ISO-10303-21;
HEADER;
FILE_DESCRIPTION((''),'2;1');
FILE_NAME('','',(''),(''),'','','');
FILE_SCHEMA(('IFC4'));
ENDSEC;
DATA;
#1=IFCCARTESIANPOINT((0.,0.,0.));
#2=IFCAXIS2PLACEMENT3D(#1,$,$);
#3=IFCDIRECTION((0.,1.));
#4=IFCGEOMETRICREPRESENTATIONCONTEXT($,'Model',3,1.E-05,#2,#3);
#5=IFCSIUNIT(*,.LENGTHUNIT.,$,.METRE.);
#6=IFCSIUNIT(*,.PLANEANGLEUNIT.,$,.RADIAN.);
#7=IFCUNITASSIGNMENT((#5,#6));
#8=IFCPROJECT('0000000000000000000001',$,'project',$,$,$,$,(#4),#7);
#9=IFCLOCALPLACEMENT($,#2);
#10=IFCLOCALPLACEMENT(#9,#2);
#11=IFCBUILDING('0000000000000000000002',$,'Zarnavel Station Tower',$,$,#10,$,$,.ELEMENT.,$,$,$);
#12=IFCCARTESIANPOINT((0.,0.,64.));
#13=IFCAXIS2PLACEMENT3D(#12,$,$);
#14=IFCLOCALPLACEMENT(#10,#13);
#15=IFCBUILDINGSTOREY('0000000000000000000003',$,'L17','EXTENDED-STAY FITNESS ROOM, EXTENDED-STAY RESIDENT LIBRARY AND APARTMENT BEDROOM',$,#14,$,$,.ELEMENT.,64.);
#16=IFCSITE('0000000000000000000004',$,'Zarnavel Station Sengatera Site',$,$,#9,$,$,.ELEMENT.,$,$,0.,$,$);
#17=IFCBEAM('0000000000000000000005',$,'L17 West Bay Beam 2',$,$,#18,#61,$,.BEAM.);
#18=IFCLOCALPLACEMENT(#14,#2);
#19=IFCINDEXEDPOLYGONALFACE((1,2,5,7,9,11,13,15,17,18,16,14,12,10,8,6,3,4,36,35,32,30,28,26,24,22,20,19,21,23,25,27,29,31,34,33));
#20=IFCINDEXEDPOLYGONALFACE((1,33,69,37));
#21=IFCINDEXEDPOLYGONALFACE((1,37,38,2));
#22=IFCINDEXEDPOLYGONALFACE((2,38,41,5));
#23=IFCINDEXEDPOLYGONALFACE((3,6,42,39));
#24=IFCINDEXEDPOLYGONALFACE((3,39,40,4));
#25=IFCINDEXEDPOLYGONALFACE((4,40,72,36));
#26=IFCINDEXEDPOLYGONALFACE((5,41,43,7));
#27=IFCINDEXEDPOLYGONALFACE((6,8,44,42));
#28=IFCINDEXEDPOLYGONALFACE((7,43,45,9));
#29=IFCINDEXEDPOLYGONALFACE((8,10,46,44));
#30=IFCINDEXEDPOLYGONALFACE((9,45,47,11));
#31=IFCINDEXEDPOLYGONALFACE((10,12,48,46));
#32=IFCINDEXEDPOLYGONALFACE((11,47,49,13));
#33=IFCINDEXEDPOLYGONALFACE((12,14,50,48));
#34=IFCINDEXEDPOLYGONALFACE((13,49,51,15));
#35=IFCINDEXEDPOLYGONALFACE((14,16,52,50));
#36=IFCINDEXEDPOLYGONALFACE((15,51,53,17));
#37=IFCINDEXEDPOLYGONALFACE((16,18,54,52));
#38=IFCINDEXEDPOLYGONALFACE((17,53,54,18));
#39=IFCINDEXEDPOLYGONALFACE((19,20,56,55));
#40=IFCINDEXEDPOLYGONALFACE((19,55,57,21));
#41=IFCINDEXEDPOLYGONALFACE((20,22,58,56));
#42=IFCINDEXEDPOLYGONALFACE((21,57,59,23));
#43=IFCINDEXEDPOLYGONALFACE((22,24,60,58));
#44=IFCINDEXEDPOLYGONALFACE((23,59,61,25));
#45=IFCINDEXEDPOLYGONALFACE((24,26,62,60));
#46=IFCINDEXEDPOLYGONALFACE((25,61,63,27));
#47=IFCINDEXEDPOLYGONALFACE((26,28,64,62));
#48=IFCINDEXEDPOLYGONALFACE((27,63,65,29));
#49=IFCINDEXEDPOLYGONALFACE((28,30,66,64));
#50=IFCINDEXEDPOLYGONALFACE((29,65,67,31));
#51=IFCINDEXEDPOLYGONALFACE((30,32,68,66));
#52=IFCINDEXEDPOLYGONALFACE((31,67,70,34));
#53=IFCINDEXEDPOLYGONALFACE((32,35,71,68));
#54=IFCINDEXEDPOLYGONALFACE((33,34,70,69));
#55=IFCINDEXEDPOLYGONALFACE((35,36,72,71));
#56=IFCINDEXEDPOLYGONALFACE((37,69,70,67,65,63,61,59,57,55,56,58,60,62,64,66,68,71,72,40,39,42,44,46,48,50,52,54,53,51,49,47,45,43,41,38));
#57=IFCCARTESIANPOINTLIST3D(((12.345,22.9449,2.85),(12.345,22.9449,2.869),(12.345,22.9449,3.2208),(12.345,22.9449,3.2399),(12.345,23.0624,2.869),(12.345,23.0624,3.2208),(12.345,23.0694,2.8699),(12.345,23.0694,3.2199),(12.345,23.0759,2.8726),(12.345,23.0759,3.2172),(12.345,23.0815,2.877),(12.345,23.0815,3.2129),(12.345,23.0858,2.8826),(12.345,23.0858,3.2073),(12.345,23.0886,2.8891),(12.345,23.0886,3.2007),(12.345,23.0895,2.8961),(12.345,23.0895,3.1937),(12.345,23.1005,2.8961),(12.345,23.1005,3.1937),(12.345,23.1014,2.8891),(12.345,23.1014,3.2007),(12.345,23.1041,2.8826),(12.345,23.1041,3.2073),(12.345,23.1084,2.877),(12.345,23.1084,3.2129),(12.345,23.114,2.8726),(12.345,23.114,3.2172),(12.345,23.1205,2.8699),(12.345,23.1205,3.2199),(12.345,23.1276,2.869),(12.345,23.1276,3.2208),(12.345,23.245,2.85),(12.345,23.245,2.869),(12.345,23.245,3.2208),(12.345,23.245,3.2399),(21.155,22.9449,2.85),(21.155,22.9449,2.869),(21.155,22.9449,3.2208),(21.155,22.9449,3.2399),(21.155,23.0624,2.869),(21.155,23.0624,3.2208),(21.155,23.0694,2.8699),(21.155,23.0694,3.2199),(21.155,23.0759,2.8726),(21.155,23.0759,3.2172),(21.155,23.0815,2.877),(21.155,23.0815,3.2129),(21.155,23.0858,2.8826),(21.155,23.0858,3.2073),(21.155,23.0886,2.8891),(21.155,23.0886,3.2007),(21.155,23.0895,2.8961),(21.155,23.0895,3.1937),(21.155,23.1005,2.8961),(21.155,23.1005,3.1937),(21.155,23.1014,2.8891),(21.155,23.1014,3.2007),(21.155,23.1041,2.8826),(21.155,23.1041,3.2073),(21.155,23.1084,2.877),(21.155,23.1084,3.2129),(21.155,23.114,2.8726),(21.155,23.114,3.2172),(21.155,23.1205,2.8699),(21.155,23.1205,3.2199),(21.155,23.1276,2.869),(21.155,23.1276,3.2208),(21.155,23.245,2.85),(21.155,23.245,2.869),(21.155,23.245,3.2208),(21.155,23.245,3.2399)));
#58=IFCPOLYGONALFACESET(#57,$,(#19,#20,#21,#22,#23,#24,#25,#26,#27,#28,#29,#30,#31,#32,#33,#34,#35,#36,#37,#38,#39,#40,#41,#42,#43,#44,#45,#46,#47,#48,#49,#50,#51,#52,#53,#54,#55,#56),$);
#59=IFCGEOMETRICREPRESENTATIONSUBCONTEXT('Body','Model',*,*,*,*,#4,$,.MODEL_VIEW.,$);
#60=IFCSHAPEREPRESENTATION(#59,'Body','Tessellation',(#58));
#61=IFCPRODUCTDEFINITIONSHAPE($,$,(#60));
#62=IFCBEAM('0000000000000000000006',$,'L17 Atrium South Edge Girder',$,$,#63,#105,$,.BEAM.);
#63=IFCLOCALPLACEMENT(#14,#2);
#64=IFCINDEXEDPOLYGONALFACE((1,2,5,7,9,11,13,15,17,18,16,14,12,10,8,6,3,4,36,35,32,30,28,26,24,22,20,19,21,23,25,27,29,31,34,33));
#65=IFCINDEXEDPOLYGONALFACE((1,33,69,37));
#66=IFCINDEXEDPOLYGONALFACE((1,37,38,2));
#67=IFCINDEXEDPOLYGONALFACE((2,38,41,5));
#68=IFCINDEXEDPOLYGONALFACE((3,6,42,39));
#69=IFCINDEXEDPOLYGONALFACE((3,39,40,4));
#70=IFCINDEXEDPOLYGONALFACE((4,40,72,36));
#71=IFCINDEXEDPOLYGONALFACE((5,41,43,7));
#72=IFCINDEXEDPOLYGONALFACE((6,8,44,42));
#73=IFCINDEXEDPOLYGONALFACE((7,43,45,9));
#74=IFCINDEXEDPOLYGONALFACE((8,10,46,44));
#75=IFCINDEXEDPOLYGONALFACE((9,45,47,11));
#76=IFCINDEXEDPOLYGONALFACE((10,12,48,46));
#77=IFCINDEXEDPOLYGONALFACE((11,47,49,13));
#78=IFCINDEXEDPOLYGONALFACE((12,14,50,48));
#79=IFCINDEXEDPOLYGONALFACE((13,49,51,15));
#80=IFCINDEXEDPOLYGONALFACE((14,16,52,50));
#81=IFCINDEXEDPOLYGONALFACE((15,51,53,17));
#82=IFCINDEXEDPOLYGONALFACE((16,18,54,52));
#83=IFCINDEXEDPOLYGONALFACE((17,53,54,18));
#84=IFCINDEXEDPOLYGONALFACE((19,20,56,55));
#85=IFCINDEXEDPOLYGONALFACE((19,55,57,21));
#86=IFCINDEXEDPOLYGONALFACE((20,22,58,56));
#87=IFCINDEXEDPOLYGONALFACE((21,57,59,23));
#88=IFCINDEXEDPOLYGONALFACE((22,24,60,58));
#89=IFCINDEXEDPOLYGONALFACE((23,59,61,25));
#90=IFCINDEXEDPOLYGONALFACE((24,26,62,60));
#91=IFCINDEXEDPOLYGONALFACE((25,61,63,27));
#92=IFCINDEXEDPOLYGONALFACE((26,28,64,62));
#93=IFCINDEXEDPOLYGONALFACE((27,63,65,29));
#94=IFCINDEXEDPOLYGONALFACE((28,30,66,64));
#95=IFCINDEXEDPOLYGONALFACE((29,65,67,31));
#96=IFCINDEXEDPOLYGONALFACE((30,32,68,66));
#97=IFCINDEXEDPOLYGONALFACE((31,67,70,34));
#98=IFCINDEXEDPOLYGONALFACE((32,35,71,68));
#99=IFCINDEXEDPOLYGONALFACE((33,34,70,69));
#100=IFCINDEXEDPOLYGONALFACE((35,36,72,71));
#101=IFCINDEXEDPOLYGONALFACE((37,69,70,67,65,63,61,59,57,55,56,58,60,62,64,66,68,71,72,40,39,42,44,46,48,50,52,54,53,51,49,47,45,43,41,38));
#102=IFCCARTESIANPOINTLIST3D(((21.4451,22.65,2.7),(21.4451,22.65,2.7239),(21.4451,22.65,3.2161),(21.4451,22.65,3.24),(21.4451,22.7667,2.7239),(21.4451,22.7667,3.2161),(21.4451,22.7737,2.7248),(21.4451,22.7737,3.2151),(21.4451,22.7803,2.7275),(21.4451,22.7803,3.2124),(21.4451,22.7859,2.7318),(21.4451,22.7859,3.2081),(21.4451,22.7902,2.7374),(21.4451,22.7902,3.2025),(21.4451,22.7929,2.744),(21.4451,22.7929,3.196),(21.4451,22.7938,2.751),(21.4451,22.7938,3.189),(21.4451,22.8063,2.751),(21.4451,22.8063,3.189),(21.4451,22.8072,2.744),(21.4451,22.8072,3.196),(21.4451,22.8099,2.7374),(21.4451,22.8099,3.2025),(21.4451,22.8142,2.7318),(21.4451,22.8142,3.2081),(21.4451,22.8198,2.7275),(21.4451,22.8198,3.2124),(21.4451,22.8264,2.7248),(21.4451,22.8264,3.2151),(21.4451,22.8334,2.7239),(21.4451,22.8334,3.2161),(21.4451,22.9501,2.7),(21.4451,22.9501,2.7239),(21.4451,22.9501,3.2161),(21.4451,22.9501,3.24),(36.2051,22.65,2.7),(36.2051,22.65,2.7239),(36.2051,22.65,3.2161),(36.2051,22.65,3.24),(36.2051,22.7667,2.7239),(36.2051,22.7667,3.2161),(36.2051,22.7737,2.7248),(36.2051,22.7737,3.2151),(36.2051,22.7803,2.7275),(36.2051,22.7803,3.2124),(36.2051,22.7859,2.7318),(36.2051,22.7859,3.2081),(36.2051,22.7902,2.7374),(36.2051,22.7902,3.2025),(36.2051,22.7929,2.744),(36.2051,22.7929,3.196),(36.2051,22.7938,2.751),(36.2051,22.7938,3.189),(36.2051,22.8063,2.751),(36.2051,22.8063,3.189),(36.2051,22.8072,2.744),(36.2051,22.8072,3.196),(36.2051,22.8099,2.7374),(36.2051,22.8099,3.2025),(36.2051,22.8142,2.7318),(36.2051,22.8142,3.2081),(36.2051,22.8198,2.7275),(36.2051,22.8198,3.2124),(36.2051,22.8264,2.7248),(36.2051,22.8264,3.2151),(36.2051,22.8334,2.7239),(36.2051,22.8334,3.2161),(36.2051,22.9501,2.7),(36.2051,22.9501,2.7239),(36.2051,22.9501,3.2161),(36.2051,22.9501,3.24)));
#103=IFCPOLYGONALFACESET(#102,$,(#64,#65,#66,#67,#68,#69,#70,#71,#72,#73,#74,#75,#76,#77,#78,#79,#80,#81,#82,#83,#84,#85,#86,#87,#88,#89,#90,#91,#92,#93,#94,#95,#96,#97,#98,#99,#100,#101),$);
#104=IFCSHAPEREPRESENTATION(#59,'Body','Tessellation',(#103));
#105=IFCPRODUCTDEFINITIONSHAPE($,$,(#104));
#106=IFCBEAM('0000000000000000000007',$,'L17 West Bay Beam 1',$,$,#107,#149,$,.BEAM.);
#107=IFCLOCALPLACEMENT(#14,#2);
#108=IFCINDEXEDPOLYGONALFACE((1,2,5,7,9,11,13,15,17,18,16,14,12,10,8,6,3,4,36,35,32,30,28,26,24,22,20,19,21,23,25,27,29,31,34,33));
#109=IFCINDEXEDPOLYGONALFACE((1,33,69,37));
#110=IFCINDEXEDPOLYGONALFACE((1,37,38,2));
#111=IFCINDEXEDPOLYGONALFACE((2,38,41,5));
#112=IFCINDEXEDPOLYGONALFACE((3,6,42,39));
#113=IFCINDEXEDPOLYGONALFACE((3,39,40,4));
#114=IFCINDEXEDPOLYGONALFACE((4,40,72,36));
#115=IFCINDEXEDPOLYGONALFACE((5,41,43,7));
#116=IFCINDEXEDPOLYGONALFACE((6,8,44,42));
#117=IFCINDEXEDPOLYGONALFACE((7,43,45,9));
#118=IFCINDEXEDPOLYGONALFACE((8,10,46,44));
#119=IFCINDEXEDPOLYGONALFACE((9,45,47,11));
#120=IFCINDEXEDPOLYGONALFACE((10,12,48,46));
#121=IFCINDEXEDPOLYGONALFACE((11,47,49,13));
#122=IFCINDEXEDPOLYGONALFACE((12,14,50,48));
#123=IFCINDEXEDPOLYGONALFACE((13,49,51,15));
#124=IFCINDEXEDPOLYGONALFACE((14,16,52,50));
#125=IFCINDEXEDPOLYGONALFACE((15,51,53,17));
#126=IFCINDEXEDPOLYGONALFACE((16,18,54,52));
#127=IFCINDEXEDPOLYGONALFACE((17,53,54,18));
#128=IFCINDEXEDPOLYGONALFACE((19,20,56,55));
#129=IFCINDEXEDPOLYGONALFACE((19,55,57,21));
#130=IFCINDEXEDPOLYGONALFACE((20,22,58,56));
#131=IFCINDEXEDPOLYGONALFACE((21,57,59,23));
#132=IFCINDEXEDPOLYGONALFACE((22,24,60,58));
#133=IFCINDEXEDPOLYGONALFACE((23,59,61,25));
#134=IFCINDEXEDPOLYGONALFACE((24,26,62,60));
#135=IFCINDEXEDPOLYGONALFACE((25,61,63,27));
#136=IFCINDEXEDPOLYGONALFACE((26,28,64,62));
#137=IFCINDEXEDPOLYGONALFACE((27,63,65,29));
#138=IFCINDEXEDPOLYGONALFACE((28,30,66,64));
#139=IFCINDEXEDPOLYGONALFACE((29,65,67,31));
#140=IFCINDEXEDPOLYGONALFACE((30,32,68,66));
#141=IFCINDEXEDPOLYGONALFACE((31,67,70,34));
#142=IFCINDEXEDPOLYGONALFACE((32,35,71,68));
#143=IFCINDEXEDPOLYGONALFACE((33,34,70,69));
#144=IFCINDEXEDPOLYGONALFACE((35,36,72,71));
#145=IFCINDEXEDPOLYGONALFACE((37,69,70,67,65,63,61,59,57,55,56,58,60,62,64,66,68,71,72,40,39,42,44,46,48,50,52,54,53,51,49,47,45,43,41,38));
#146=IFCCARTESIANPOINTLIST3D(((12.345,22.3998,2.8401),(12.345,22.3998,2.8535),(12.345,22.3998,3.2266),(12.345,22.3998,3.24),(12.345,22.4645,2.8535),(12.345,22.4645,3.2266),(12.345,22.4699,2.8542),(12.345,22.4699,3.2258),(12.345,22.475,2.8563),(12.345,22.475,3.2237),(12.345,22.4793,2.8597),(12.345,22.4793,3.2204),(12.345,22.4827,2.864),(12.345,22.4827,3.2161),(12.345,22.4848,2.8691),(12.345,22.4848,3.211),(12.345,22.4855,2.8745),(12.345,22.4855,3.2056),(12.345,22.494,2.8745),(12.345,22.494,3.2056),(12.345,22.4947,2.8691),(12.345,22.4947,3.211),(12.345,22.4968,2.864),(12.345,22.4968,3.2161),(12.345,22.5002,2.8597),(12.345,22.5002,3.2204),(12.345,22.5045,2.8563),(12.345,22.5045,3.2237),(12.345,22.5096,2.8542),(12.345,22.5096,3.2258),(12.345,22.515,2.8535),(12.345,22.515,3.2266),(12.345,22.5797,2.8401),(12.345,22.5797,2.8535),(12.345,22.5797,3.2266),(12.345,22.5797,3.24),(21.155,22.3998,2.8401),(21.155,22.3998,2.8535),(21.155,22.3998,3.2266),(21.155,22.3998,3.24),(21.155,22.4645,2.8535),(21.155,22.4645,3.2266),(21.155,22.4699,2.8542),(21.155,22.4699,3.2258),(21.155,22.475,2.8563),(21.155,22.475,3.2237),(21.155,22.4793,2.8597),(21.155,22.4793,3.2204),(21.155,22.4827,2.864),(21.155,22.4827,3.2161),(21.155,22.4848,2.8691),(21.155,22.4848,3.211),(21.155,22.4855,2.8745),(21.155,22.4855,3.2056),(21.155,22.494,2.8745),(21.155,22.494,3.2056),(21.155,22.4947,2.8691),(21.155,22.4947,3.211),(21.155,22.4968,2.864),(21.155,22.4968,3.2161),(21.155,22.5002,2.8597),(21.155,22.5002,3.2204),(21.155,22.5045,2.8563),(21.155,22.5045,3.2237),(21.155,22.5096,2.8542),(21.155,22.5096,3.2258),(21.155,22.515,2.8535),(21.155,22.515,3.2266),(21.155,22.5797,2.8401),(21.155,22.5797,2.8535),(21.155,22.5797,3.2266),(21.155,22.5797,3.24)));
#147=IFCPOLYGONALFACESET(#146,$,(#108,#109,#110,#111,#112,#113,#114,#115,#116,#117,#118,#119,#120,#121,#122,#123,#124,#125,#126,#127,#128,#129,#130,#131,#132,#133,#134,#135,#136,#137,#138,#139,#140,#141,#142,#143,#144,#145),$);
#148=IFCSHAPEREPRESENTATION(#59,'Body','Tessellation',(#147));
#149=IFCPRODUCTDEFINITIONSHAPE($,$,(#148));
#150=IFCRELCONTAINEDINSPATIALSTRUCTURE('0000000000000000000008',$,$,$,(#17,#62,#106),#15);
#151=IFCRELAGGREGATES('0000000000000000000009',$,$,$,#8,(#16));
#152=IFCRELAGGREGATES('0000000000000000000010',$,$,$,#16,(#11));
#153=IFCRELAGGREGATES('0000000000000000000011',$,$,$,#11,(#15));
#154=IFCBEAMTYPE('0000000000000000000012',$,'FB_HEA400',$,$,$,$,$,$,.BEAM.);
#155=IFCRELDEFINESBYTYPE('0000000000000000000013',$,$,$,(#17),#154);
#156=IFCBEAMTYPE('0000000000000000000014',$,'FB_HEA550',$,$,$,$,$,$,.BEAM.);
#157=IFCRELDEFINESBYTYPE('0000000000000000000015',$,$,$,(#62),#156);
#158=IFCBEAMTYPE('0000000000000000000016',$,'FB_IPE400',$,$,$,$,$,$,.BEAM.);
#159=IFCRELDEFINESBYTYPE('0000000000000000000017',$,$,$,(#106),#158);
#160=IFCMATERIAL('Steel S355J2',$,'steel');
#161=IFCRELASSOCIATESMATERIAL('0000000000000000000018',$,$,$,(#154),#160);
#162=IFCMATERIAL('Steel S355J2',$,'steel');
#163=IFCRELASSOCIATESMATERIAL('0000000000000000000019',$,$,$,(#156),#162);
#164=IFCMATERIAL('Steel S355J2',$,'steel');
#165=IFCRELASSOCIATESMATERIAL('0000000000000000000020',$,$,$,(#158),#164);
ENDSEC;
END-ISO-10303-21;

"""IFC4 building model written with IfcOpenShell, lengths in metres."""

from ifc_helpers import new_model, si_unit, direction, frame, origin, origin_2d, place, context, subcontext, project, spatial, i_section, extrude, material, material_profile, profile_set, type_object, element, save


model = new_model("IFC4")

# Units and contexts
model_context = context("Model", 3, precision=1e-05, world=origin(), true_north=direction((0.0, 1.0)))
body_context = subcontext(model_context, "Body", "Model", "MODEL_VIEW")
ifc_project = project(units=[si_unit("LENGTHUNIT", "METRE"), si_unit("PLANEANGLEUNIT", "RADIAN")], contexts=[model_context])

# Site, building, storey
site_placement = place(None, origin())
site = spatial("IfcSite", under=ifc_project, at=site_placement, Name="Zarnavel Station Sengatera Site", CompositionType="ELEMENT", RefElevation=0.0)
building_placement = place(site_placement, origin())
building = spatial("IfcBuilding", under=site, at=building_placement, Name="Zarnavel Station Tower", CompositionType="ELEMENT")
storey_placement = place(building_placement, frame((0.0, 0.0, 64.0)))
storey = spatial("IfcBuildingStorey", under=building, at=storey_placement, Name="L17", Description="EXTENDED-STAY FITNESS ROOM, EXTENDED-STAY RESIDENT LIBRARY AND APARTMENT BEDROOM", CompositionType="ELEMENT", Elevation=64.0)

# Beams
ifc_material_1 = material(Name="Steel S355J2", Category="steel")
ifc_material_profile_1 = material_profile(ifc_material_1, i_section(OverallWidth=0.3, OverallDepth=0.3899, WebThickness=0.011, FlangeThickness=0.019, FilletRadius=0.0271, at=origin_2d()), Name="HEA400")
ifc_profile_set_1 = profile_set([ifc_material_profile_1], Name="Steel S355J2")
beam_type_1 = type_object("IfcBeamType", Name="FB_HEA400", PredefinedType="BEAM", material=ifc_profile_set_1)
beam_1_placement = place(storey_placement, frame((12.345, 23.095, 3.0449), z_axis=(1.0, 0.0, 0.0), x_axis=(0.0, 1.0, 0.0)))
element("IfcBeam", 1, at=beam_1_placement, inside=storey, type_object=beam_type_1, Name="L17 West Bay Beam 2", PredefinedType="BEAM", context=body_context, shape_type="SweptSolid", body=[
    extrude(i_section(OverallWidth=0.3, OverallDepth=0.3899, WebThickness=0.011, FlangeThickness=0.019, FilletRadius=0.0271, at=origin_2d()), origin(), (0.0, 0.0, 1.0), 8.8101),
])
ifc_material_2 = material(Name="Steel S355J2", Category="steel")
ifc_material_profile_2 = material_profile(ifc_material_2, i_section(OverallWidth=0.3, OverallDepth=0.54, WebThickness=0.0125, FlangeThickness=0.0239, FilletRadius=0.0271, at=origin_2d()), Name="HEA550")
ifc_profile_set_2 = profile_set([ifc_material_profile_2], Name="Steel S355J2")
beam_type_2 = type_object("IfcBeamType", Name="FB_HEA550", PredefinedType="BEAM", material=ifc_profile_set_2)
beam_2_placement = place(storey_placement, frame((21.4451, 22.8, 2.97), z_axis=(1.0, 0.0, 0.0), x_axis=(0.0, 1.0, 0.0)))
element("IfcBeam", 2, at=beam_2_placement, inside=storey, type_object=beam_type_2, Name="L17 Atrium South Edge Girder", PredefinedType="BEAM", context=body_context, shape_type="SweptSolid", body=[
    extrude(i_section(OverallWidth=0.3, OverallDepth=0.54, WebThickness=0.0125, FlangeThickness=0.0239, FilletRadius=0.0271, at=origin_2d()), origin(), (0.0, 0.0, 1.0), 14.76),
])
ifc_material_3 = material(Name="Steel S355J2", Category="steel")
ifc_material_profile_3 = material_profile(ifc_material_3, i_section(OverallWidth=0.1799, OverallDepth=0.3999, WebThickness=0.0085, FlangeThickness=0.0134, FilletRadius=0.021, at=origin_2d()), Name="IPE400")
ifc_profile_set_3 = profile_set([ifc_material_profile_3], Name="Steel S355J2")
beam_type_3 = type_object("IfcBeamType", Name="FB_IPE400", PredefinedType="BEAM", material=ifc_profile_set_3)
beam_3_placement = place(storey_placement, frame((12.345, 22.4897, 3.04), z_axis=(1.0, 0.0, 0.0), x_axis=(0.0, 1.0, 0.0)))
element("IfcBeam", 3, at=beam_3_placement, inside=storey, type_object=beam_type_3, Name="L17 West Bay Beam 1", PredefinedType="BEAM", context=body_context, shape_type="SweptSolid", body=[
    extrude(i_section(OverallWidth=0.1799, OverallDepth=0.3999, WebThickness=0.0085, FlangeThickness=0.0134, FilletRadius=0.021, at=origin_2d()), origin(), (0.0, 0.0, 1.0), 8.8101),
])

save(model, "model.ifc")
